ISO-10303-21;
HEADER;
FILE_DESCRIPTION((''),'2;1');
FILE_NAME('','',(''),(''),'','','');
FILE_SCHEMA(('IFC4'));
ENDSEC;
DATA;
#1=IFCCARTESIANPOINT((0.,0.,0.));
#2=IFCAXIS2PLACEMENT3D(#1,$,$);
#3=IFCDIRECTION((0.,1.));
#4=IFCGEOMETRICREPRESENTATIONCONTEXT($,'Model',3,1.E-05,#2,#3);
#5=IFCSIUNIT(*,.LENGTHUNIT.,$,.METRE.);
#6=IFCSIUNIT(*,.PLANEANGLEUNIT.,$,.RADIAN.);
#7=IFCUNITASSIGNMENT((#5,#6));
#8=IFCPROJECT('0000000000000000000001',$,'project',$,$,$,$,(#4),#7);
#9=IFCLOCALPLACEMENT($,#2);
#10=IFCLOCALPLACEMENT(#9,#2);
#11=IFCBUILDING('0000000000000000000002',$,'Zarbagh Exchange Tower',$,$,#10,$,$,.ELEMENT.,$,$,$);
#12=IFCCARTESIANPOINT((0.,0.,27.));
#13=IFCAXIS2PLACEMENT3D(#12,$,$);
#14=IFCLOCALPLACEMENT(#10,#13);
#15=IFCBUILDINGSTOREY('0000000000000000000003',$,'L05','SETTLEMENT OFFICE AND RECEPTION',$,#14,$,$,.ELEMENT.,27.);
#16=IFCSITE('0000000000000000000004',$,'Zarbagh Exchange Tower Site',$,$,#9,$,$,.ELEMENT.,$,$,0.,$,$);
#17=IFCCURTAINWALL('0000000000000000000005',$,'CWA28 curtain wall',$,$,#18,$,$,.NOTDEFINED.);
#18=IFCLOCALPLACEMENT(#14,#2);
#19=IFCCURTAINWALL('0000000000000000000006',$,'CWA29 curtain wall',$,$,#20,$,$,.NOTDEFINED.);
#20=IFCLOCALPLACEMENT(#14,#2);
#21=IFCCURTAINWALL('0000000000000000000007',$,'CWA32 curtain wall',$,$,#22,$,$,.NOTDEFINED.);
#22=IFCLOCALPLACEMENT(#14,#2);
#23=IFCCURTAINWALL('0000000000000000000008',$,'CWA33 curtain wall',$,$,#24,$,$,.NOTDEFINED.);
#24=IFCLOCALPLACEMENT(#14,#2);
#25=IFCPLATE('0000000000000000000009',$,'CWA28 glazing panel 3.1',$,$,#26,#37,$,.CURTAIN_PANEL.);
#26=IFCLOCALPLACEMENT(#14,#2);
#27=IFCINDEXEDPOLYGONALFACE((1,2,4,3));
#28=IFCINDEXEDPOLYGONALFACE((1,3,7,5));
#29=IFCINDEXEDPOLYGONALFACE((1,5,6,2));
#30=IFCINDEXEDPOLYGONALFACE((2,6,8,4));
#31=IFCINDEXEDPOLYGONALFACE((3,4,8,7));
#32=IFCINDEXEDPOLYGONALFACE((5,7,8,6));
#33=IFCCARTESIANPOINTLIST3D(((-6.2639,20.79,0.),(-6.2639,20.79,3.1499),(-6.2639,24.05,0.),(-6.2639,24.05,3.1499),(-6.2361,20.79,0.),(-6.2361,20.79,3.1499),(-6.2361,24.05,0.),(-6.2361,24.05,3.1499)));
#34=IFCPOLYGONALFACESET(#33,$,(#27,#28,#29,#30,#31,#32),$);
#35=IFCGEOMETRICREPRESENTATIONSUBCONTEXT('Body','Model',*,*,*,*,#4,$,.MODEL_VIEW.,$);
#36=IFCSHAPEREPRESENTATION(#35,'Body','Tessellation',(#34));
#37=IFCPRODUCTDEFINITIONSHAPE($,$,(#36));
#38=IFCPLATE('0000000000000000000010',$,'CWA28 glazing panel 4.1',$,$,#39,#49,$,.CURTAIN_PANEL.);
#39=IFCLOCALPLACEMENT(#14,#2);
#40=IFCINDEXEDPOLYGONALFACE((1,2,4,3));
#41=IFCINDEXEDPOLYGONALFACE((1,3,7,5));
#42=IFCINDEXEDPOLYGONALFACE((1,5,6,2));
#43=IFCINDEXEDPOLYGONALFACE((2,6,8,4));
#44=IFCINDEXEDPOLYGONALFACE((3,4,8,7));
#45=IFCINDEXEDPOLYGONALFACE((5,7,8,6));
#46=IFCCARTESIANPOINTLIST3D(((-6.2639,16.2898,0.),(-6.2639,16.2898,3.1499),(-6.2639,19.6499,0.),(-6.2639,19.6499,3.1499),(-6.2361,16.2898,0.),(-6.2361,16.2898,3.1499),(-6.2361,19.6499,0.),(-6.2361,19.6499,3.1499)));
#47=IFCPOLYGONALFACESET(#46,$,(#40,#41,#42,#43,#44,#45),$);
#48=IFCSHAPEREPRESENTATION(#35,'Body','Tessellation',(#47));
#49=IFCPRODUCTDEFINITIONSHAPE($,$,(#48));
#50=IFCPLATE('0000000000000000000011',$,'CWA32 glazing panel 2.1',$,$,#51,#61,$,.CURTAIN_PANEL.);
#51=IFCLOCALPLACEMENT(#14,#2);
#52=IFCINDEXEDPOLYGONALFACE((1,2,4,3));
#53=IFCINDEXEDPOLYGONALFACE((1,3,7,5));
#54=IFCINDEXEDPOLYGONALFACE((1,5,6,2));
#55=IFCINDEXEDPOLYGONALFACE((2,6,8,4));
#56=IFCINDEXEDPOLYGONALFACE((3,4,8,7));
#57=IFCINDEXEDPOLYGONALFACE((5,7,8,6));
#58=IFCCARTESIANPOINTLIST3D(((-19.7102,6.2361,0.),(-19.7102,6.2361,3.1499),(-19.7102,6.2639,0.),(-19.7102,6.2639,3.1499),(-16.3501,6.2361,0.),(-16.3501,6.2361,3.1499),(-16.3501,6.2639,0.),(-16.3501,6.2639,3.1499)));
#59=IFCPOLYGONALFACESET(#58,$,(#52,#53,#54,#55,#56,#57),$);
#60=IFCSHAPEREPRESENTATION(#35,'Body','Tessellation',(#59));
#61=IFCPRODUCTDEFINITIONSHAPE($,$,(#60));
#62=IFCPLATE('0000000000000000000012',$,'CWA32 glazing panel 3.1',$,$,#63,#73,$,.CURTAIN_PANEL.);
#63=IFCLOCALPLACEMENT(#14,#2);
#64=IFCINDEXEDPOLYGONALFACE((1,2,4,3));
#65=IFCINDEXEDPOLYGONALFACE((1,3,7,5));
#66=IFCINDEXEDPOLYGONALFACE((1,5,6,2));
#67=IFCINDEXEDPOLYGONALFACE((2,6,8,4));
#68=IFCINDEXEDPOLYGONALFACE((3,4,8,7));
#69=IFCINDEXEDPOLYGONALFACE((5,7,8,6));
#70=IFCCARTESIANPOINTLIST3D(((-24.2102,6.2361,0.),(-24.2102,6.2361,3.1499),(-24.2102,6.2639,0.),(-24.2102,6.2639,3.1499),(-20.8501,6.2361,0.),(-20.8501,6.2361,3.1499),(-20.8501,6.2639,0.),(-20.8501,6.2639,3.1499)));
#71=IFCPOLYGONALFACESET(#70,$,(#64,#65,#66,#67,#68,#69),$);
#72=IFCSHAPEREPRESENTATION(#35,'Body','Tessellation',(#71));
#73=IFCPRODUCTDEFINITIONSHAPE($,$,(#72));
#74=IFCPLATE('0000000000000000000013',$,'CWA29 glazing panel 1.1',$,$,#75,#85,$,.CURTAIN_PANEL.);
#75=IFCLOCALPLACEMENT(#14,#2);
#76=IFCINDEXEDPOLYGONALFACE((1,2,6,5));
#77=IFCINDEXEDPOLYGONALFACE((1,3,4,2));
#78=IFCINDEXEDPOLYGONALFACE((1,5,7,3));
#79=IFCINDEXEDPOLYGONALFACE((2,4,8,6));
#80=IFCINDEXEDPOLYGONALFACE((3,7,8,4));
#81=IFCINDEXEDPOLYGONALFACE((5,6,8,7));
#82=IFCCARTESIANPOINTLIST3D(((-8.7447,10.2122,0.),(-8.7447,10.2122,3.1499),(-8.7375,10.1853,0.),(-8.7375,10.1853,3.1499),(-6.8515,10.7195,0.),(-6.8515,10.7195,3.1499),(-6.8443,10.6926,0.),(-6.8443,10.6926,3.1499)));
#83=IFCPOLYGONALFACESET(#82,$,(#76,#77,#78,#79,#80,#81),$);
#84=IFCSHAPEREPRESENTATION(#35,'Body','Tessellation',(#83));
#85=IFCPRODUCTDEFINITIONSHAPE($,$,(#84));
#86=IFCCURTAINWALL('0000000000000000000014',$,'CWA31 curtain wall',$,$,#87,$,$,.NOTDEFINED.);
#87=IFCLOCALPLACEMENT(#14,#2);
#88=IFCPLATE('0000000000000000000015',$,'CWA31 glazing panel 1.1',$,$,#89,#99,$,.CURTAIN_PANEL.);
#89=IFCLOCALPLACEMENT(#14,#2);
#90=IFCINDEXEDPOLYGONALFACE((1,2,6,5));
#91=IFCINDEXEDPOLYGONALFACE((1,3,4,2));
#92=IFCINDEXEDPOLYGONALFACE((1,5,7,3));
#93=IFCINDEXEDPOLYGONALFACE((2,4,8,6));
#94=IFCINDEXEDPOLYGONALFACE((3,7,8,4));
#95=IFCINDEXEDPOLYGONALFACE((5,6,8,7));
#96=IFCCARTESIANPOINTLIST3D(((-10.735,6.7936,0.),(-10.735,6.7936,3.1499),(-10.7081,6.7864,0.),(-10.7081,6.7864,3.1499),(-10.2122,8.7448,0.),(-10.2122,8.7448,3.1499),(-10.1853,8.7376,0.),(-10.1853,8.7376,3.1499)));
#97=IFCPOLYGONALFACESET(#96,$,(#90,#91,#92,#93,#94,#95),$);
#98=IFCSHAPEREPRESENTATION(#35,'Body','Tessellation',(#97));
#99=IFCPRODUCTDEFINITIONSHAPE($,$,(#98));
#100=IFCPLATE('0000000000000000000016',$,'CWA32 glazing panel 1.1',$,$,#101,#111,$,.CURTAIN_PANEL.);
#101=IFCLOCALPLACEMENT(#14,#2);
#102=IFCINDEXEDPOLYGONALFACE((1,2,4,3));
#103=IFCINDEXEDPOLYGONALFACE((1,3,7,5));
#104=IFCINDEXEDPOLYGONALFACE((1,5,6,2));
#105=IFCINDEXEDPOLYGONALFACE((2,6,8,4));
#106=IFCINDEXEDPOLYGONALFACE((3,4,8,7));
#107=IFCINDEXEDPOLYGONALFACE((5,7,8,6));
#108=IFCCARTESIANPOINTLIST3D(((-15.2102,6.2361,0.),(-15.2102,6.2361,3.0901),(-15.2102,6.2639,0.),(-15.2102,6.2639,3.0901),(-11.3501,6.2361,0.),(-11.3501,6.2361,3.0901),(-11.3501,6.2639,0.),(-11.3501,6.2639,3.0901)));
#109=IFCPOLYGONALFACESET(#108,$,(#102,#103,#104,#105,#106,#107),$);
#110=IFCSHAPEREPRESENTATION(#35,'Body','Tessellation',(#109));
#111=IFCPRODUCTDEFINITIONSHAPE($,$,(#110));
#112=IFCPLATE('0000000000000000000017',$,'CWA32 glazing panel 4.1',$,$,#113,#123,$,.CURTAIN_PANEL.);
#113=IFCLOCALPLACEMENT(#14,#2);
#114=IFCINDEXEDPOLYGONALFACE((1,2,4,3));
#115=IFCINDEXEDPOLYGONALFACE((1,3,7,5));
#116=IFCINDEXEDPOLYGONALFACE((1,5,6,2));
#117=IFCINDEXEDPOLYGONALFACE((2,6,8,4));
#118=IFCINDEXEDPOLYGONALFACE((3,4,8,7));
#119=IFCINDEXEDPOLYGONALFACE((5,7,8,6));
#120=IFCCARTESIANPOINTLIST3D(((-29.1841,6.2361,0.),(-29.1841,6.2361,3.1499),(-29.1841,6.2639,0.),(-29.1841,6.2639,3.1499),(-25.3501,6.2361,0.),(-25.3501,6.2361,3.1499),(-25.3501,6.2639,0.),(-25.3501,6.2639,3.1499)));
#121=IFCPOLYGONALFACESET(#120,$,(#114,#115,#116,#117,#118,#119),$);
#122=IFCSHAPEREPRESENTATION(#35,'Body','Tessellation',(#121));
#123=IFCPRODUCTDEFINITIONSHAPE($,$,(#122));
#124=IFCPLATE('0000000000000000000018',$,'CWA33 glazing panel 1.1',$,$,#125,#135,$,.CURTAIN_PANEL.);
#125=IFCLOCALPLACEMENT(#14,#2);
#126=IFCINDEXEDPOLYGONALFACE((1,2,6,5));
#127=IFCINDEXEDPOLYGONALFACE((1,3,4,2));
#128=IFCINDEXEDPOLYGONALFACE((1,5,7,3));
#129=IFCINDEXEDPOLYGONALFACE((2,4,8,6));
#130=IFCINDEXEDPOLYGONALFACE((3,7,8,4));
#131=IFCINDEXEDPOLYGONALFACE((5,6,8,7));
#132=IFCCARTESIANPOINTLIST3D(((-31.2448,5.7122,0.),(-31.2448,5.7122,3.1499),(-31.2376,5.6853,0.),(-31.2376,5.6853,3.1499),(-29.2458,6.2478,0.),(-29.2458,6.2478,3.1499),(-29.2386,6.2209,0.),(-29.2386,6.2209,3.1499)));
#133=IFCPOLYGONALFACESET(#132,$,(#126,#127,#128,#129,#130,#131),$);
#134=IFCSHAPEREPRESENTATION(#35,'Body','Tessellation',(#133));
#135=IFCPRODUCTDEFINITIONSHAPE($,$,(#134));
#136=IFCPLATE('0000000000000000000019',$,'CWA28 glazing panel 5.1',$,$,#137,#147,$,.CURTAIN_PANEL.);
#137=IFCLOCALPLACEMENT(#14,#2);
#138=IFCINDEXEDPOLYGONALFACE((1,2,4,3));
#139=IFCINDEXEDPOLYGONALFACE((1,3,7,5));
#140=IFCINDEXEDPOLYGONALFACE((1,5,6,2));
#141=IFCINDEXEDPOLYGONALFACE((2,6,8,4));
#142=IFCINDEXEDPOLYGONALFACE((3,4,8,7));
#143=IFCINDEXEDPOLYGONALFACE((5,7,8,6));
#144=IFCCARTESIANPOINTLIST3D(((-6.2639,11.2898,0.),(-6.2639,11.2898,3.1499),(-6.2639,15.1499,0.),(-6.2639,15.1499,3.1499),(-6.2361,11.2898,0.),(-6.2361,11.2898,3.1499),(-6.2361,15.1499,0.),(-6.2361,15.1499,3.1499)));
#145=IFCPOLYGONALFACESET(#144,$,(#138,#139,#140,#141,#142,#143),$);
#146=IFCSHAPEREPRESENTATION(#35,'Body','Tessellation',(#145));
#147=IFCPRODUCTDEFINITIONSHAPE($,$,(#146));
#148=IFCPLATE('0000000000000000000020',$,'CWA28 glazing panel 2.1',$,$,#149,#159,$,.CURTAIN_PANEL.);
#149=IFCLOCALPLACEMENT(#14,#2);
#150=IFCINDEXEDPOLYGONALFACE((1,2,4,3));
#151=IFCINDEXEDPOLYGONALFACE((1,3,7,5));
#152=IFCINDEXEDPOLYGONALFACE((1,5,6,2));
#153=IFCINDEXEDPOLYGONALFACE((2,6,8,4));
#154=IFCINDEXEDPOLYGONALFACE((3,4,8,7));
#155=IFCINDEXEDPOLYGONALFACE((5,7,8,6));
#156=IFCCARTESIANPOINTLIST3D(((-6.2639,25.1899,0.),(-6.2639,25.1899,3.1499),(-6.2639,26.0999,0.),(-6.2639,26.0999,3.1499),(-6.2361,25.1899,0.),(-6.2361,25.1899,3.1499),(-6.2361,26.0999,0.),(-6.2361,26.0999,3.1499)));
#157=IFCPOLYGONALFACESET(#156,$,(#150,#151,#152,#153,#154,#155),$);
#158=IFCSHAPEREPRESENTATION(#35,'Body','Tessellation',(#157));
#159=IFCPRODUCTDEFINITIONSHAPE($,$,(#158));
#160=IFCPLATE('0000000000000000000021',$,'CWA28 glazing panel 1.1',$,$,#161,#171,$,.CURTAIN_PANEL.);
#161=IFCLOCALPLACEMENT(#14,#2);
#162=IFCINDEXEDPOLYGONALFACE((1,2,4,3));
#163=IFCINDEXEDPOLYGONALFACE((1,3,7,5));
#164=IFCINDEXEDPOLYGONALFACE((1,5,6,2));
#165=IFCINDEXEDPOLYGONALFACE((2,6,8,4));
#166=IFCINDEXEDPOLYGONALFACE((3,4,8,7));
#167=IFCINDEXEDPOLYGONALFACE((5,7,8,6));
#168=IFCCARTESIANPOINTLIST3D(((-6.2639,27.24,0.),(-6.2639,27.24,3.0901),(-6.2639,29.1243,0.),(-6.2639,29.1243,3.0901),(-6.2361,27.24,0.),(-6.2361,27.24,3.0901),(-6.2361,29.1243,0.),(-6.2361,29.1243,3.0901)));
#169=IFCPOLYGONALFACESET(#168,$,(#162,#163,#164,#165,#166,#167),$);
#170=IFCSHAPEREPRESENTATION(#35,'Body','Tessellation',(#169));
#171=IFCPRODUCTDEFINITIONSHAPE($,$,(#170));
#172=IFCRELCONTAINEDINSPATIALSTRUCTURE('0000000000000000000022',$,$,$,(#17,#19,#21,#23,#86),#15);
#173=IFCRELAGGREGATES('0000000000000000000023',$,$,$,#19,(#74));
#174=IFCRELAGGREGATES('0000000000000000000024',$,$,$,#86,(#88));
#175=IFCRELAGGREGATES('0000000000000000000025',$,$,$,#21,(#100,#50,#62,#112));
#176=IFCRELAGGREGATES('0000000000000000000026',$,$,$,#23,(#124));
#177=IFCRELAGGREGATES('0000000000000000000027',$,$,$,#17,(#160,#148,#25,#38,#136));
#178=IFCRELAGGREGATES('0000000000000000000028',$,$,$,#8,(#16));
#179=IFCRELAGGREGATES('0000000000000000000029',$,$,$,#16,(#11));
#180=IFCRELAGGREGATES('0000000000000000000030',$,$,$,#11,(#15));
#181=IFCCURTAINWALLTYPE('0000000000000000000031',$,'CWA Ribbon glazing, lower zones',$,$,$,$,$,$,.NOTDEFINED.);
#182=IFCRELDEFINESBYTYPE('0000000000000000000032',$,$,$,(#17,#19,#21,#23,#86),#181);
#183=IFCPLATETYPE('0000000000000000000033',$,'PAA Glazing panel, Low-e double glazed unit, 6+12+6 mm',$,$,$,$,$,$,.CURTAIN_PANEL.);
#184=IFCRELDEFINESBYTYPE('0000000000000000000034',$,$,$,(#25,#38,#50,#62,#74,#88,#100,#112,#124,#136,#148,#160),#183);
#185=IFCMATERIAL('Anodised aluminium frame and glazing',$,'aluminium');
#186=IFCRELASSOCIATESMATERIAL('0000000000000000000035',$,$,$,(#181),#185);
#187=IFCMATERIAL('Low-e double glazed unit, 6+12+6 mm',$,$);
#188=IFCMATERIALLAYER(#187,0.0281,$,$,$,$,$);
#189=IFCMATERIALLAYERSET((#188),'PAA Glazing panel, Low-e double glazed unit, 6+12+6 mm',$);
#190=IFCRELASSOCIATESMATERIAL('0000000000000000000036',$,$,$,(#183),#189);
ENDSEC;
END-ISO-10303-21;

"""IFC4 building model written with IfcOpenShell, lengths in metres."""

from ifc_helpers import new_model, si_unit, direction, frame, origin, place, context, subcontext, project, spatial, polyline, outline, extrude, source, transform, mapped, material, layer, layer_set, type_object, element, aggregate, save


model = new_model("IFC4")

# Units and contexts
model_context = context("Model", 3, precision=1e-05, world=origin(), true_north=direction((0.0, 1.0)))
body_context = subcontext(model_context, "Body", "Model", "MODEL_VIEW")
ifc_project = project(units=[si_unit("LENGTHUNIT", "METRE"), si_unit("PLANEANGLEUNIT", "RADIAN")], contexts=[model_context])

# Site, building, storey
site_placement = place(None, origin())
site = spatial("IfcSite", under=ifc_project, at=site_placement, Name="Zarbagh Exchange Tower Site", CompositionType="ELEMENT", RefElevation=0.0)
building_placement = place(site_placement, origin())
building = spatial("IfcBuilding", under=site, at=building_placement, Name="Zarbagh Exchange Tower", CompositionType="ELEMENT")
storey_placement = place(building_placement, frame((0.0, 0.0, 27.0)))
storey = spatial("IfcBuildingStorey", under=building, at=storey_placement, Name="L05", Description="SETTLEMENT OFFICE AND RECEPTION", CompositionType="ELEMENT", Elevation=27.0)

# Curtain wall
ifc_material_1 = material(Name="Anodised aluminium frame and glazing", Category="aluminium")
curtain_wall_type = type_object("IfcCurtainWallType", Name="CWA Ribbon glazing, lower zones", PredefinedType="NOTDEFINED", material=ifc_material_1)
curtain_wall_1_placement = place(storey_placement, origin())
curtain_wall_1 = element("IfcCurtainWall", 1, at=curtain_wall_1_placement, inside=storey, type_object=curtain_wall_type, Name="CWA28 curtain wall", PredefinedType="NOTDEFINED")
placement = place(storey_placement, origin())

# Curtain wall
curtain_wall_2_placement = place(storey_placement, origin())
curtain_wall_2 = element("IfcCurtainWall", 2, at=curtain_wall_2_placement, inside=storey, type_object=curtain_wall_type, Name="CWA29 curtain wall", PredefinedType="NOTDEFINED")

# Curtain wall
curtain_wall_3_placement = place(storey_placement, origin())
curtain_wall_3 = element("IfcCurtainWall", 3, at=curtain_wall_3_placement, inside=storey, type_object=curtain_wall_type, Name="CWA32 curtain wall", PredefinedType="NOTDEFINED")

# Curtain wall
curtain_wall_4_placement = place(storey_placement, origin())
curtain_wall_4 = element("IfcCurtainWall", 4, at=curtain_wall_4_placement, inside=storey, type_object=curtain_wall_type, Name="CWA33 curtain wall", PredefinedType="NOTDEFINED")

# Shared definitions
ifc_material_2 = material(Name="Low-e double glazed unit, 6+12+6 mm")
ifc_layer = layer(ifc_material_2, 0.0281)
ifc_layer_set = layer_set([ifc_layer], Name="PAA Glazing panel, Low-e double glazed unit, 6+12+6 mm")
plate_type = type_object("IfcPlateType", Name="PAA Glazing panel, Low-e double glazed unit, 6+12+6 mm", PredefinedType="CURTAIN_PANEL", material=ifc_layer_set)

# Plates
shared_shape_1 = source(origin(), body_context, "Body", "SweptSolid", [
    extrude(outline(polyline([(0.0, -0.0139), (3.26, -0.0139), (3.26, 0.0139), (0.0, 0.0139), (0.0, -0.0139)])), origin(), (0.0, 0.0, 1.0), 3.1499),
])
plate_1 = element("IfcPlate", 5, at=placement, type_object=plate_type, Name="CWA28 glazing panel 3.1", PredefinedType="CURTAIN_PANEL", context=body_context, shape_type="MappedRepresentation", body=[
    mapped(shared_shape_1, transform((-6.25, 24.05, 0.0), x_axis=(0.0, -1.0, 0.0), y_axis=(1.0, 0.0, 0.0), z_axis=(0.0, 0.0, 1.0))),
])
shared_shape_2 = source(origin(), body_context, "Body", "SweptSolid", [
    extrude(outline(polyline([(0.0, -0.0139), (3.3601, -0.0139), (3.3601, 0.0139), (0.0, 0.0139), (0.0, -0.0139)])), origin(), (0.0, 0.0, 1.0), 3.1499),
])
plate_2 = element("IfcPlate", 6, at=placement, type_object=plate_type, Name="CWA28 glazing panel 4.1", PredefinedType="CURTAIN_PANEL", context=body_context, shape_type="MappedRepresentation", body=[
    mapped(shared_shape_2, transform((-6.25, 19.6499, 0.0), x_axis=(0.0, -1.0, 0.0), y_axis=(1.0, 0.0, 0.0), z_axis=(0.0, 0.0, 1.0))),
])
plate_3 = element("IfcPlate", 7, at=placement, type_object=plate_type, Name="CWA32 glazing panel 2.1", PredefinedType="CURTAIN_PANEL", context=body_context, shape_type="MappedRepresentation", body=[
    mapped(shared_shape_2, transform((-16.3501, 6.25, 0.0), x_axis=(-1.0, 0.0, 0.0), y_axis=(0.0, -1.0, 0.0), z_axis=(0.0, 0.0, 1.0))),
])
plate_4 = element("IfcPlate", 8, at=placement, type_object=plate_type, Name="CWA32 glazing panel 3.1", PredefinedType="CURTAIN_PANEL", context=body_context, shape_type="MappedRepresentation", body=[
    mapped(shared_shape_2, transform((-20.8501, 6.25, 0.0), x_axis=(-1.0, 0.0, 0.0), y_axis=(0.0, -1.0, 0.0), z_axis=(0.0, 0.0, 1.0))),
])
shared_shape_3 = source(origin(), body_context, "Body", "SweptSolid", [
    extrude(outline(polyline([(0.0, -0.0139), (1.96, -0.0139), (1.96, 0.0139), (0.0, 0.0139), (0.0, -0.0139)])), origin(), (0.0, 0.0, 1.0), 3.1499),
])
plate_5 = element("IfcPlate", 9, at=placement, type_object=plate_type, Name="CWA29 glazing panel 1.1", PredefinedType="CURTAIN_PANEL", context=body_context, shape_type="MappedRepresentation", body=[
    mapped(shared_shape_3, transform((-6.8479, 10.7061, 0.0), x_axis=(-0.965924, -0.258825, 0.0), y_axis=(0.258825, -0.965924, 0.0), z_axis=(0.0, 0.0, 1.0))),
])
aggregate(curtain_wall_2, [plate_5])

# Curtain wall, plate
curtain_wall_5_placement = place(storey_placement, origin())
curtain_wall_5 = element("IfcCurtainWall", 10, at=curtain_wall_5_placement, inside=storey, type_object=curtain_wall_type, Name="CWA31 curtain wall", PredefinedType="NOTDEFINED")
shared_shape_4 = source(origin(), body_context, "Body", "SweptSolid", [
    extrude(outline(polyline([(0.0, -0.0139), (2.02, -0.0139), (2.02, 0.0139), (0.0, 0.0139), (0.0, -0.0139)])), origin(), (0.0, 0.0, 1.0), 3.1499),
])
plate_6 = element("IfcPlate", 11, at=placement, type_object=plate_type, Name="CWA31 glazing panel 1.1", PredefinedType="CURTAIN_PANEL", context=body_context, shape_type="MappedRepresentation", body=[
    mapped(shared_shape_4, transform((-10.1987, 8.7412, 0.0), x_axis=(-0.258825, -0.965924, 0.0), y_axis=(0.965924, -0.258825, 0.0), z_axis=(0.0, 0.0, 1.0))),
])
aggregate(curtain_wall_5, [plate_6])

# Plates
shared_shape_5 = source(origin(), body_context, "Body", "SweptSolid", [
    extrude(outline(polyline([(0.0, -0.0139), (3.8601, -0.0139), (3.8601, 0.0139), (0.0, 0.0139), (0.0, -0.0139)])), origin(), (0.0, 0.0, 1.0), 3.0901),
])
plate_7 = element("IfcPlate", 12, at=placement, type_object=plate_type, Name="CWA32 glazing panel 1.1", PredefinedType="CURTAIN_PANEL", context=body_context, shape_type="MappedRepresentation", body=[
    mapped(shared_shape_5, transform((-11.3501, 6.25, 0.0), x_axis=(-1.0, 0.0, 0.0), y_axis=(0.0, -1.0, 0.0), z_axis=(0.0, 0.0, 1.0))),
])
shared_shape_6 = source(origin(), body_context, "Body", "SweptSolid", [
    extrude(outline(polyline([(0.0, -0.0139), (3.834, -0.0139), (3.834, 0.0139), (0.0, 0.0139), (0.0, -0.0139)])), origin(), (0.0, 0.0, 1.0), 3.1499),
])
plate_8 = element("IfcPlate", 13, at=placement, type_object=plate_type, Name="CWA32 glazing panel 4.1", PredefinedType="CURTAIN_PANEL", context=body_context, shape_type="MappedRepresentation", body=[
    mapped(shared_shape_6, transform((-25.3501, 6.25, 0.0), x_axis=(-1.0, 0.0, 0.0), y_axis=(0.0, -1.0, 0.0), z_axis=(0.0, 0.0, 1.0))),
])
aggregate(curtain_wall_3, [plate_7, plate_3, plate_4, plate_8])
shared_shape_7 = source(origin(), body_context, "Body", "SweptSolid", [
    extrude(outline(polyline([(0.0, -0.0139), (2.0696, -0.0139), (2.0696, 0.0139), (0.0, 0.0139), (0.0, -0.0139)])), origin(), (0.0, 0.0, 1.0), 3.1499),
])
plate_9 = element("IfcPlate", 14, at=placement, type_object=plate_type, Name="CWA33 glazing panel 1.1", PredefinedType="CURTAIN_PANEL", context=body_context, shape_type="MappedRepresentation", body=[
    mapped(shared_shape_7, transform((-29.2422, 6.2344, 0.0), x_axis=(-0.965924, -0.258825, 0.0), y_axis=(0.258825, -0.965924, 0.0), z_axis=(0.0, 0.0, 1.0))),
])
aggregate(curtain_wall_4, [plate_9])
shared_shape_8 = source(origin(), body_context, "Body", "SweptSolid", [
    extrude(outline(polyline([(0.0, -0.0139), (3.8601, -0.0139), (3.8601, 0.0139), (0.0, 0.0139), (0.0, -0.0139)])), origin(), (0.0, 0.0, 1.0), 3.1499),
])
plate_10 = element("IfcPlate", 15, at=placement, type_object=plate_type, Name="CWA28 glazing panel 5.1", PredefinedType="CURTAIN_PANEL", context=body_context, shape_type="MappedRepresentation", body=[
    mapped(shared_shape_8, transform((-6.25, 15.1499, 0.0), x_axis=(0.0, -1.0, 0.0), y_axis=(1.0, 0.0, 0.0), z_axis=(0.0, 0.0, 1.0))),
])
shared_shape_9 = source(origin(), body_context, "Body", "SweptSolid", [
    extrude(outline(polyline([(0.0, -0.0139), (0.9099, -0.0139), (0.9099, 0.0139), (0.0, 0.0139), (0.0, -0.0139)])), origin(), (0.0, 0.0, 1.0), 3.1499),
])
plate_11 = element("IfcPlate", 16, at=placement, type_object=plate_type, Name="CWA28 glazing panel 2.1", PredefinedType="CURTAIN_PANEL", context=body_context, shape_type="MappedRepresentation", body=[
    mapped(shared_shape_9, transform((-6.25, 26.0999, 0.0), x_axis=(0.0, -1.0, 0.0), y_axis=(1.0, 0.0, 0.0), z_axis=(0.0, 0.0, 1.0))),
])
shared_shape_10 = source(origin(), body_context, "Body", "SweptSolid", [
    extrude(outline(polyline([(0.0, -0.0139), (1.8843, -0.0139), (1.8843, 0.0139), (0.0, 0.0139), (0.0, -0.0139)])), origin(), (0.0, 0.0, 1.0), 3.0901),
])
plate_12 = element("IfcPlate", 17, at=placement, type_object=plate_type, Name="CWA28 glazing panel 1.1", PredefinedType="CURTAIN_PANEL", context=body_context, shape_type="MappedRepresentation", body=[
    mapped(shared_shape_10, transform((-6.25, 29.1243, 0.0), x_axis=(0.0, -1.0, 0.0), y_axis=(1.0, 0.0, 0.0), z_axis=(0.0, 0.0, 1.0))),
])
aggregate(curtain_wall_1, [plate_12, plate_11, plate_1, plate_2, plate_10])

save(model, "model.ifc")
